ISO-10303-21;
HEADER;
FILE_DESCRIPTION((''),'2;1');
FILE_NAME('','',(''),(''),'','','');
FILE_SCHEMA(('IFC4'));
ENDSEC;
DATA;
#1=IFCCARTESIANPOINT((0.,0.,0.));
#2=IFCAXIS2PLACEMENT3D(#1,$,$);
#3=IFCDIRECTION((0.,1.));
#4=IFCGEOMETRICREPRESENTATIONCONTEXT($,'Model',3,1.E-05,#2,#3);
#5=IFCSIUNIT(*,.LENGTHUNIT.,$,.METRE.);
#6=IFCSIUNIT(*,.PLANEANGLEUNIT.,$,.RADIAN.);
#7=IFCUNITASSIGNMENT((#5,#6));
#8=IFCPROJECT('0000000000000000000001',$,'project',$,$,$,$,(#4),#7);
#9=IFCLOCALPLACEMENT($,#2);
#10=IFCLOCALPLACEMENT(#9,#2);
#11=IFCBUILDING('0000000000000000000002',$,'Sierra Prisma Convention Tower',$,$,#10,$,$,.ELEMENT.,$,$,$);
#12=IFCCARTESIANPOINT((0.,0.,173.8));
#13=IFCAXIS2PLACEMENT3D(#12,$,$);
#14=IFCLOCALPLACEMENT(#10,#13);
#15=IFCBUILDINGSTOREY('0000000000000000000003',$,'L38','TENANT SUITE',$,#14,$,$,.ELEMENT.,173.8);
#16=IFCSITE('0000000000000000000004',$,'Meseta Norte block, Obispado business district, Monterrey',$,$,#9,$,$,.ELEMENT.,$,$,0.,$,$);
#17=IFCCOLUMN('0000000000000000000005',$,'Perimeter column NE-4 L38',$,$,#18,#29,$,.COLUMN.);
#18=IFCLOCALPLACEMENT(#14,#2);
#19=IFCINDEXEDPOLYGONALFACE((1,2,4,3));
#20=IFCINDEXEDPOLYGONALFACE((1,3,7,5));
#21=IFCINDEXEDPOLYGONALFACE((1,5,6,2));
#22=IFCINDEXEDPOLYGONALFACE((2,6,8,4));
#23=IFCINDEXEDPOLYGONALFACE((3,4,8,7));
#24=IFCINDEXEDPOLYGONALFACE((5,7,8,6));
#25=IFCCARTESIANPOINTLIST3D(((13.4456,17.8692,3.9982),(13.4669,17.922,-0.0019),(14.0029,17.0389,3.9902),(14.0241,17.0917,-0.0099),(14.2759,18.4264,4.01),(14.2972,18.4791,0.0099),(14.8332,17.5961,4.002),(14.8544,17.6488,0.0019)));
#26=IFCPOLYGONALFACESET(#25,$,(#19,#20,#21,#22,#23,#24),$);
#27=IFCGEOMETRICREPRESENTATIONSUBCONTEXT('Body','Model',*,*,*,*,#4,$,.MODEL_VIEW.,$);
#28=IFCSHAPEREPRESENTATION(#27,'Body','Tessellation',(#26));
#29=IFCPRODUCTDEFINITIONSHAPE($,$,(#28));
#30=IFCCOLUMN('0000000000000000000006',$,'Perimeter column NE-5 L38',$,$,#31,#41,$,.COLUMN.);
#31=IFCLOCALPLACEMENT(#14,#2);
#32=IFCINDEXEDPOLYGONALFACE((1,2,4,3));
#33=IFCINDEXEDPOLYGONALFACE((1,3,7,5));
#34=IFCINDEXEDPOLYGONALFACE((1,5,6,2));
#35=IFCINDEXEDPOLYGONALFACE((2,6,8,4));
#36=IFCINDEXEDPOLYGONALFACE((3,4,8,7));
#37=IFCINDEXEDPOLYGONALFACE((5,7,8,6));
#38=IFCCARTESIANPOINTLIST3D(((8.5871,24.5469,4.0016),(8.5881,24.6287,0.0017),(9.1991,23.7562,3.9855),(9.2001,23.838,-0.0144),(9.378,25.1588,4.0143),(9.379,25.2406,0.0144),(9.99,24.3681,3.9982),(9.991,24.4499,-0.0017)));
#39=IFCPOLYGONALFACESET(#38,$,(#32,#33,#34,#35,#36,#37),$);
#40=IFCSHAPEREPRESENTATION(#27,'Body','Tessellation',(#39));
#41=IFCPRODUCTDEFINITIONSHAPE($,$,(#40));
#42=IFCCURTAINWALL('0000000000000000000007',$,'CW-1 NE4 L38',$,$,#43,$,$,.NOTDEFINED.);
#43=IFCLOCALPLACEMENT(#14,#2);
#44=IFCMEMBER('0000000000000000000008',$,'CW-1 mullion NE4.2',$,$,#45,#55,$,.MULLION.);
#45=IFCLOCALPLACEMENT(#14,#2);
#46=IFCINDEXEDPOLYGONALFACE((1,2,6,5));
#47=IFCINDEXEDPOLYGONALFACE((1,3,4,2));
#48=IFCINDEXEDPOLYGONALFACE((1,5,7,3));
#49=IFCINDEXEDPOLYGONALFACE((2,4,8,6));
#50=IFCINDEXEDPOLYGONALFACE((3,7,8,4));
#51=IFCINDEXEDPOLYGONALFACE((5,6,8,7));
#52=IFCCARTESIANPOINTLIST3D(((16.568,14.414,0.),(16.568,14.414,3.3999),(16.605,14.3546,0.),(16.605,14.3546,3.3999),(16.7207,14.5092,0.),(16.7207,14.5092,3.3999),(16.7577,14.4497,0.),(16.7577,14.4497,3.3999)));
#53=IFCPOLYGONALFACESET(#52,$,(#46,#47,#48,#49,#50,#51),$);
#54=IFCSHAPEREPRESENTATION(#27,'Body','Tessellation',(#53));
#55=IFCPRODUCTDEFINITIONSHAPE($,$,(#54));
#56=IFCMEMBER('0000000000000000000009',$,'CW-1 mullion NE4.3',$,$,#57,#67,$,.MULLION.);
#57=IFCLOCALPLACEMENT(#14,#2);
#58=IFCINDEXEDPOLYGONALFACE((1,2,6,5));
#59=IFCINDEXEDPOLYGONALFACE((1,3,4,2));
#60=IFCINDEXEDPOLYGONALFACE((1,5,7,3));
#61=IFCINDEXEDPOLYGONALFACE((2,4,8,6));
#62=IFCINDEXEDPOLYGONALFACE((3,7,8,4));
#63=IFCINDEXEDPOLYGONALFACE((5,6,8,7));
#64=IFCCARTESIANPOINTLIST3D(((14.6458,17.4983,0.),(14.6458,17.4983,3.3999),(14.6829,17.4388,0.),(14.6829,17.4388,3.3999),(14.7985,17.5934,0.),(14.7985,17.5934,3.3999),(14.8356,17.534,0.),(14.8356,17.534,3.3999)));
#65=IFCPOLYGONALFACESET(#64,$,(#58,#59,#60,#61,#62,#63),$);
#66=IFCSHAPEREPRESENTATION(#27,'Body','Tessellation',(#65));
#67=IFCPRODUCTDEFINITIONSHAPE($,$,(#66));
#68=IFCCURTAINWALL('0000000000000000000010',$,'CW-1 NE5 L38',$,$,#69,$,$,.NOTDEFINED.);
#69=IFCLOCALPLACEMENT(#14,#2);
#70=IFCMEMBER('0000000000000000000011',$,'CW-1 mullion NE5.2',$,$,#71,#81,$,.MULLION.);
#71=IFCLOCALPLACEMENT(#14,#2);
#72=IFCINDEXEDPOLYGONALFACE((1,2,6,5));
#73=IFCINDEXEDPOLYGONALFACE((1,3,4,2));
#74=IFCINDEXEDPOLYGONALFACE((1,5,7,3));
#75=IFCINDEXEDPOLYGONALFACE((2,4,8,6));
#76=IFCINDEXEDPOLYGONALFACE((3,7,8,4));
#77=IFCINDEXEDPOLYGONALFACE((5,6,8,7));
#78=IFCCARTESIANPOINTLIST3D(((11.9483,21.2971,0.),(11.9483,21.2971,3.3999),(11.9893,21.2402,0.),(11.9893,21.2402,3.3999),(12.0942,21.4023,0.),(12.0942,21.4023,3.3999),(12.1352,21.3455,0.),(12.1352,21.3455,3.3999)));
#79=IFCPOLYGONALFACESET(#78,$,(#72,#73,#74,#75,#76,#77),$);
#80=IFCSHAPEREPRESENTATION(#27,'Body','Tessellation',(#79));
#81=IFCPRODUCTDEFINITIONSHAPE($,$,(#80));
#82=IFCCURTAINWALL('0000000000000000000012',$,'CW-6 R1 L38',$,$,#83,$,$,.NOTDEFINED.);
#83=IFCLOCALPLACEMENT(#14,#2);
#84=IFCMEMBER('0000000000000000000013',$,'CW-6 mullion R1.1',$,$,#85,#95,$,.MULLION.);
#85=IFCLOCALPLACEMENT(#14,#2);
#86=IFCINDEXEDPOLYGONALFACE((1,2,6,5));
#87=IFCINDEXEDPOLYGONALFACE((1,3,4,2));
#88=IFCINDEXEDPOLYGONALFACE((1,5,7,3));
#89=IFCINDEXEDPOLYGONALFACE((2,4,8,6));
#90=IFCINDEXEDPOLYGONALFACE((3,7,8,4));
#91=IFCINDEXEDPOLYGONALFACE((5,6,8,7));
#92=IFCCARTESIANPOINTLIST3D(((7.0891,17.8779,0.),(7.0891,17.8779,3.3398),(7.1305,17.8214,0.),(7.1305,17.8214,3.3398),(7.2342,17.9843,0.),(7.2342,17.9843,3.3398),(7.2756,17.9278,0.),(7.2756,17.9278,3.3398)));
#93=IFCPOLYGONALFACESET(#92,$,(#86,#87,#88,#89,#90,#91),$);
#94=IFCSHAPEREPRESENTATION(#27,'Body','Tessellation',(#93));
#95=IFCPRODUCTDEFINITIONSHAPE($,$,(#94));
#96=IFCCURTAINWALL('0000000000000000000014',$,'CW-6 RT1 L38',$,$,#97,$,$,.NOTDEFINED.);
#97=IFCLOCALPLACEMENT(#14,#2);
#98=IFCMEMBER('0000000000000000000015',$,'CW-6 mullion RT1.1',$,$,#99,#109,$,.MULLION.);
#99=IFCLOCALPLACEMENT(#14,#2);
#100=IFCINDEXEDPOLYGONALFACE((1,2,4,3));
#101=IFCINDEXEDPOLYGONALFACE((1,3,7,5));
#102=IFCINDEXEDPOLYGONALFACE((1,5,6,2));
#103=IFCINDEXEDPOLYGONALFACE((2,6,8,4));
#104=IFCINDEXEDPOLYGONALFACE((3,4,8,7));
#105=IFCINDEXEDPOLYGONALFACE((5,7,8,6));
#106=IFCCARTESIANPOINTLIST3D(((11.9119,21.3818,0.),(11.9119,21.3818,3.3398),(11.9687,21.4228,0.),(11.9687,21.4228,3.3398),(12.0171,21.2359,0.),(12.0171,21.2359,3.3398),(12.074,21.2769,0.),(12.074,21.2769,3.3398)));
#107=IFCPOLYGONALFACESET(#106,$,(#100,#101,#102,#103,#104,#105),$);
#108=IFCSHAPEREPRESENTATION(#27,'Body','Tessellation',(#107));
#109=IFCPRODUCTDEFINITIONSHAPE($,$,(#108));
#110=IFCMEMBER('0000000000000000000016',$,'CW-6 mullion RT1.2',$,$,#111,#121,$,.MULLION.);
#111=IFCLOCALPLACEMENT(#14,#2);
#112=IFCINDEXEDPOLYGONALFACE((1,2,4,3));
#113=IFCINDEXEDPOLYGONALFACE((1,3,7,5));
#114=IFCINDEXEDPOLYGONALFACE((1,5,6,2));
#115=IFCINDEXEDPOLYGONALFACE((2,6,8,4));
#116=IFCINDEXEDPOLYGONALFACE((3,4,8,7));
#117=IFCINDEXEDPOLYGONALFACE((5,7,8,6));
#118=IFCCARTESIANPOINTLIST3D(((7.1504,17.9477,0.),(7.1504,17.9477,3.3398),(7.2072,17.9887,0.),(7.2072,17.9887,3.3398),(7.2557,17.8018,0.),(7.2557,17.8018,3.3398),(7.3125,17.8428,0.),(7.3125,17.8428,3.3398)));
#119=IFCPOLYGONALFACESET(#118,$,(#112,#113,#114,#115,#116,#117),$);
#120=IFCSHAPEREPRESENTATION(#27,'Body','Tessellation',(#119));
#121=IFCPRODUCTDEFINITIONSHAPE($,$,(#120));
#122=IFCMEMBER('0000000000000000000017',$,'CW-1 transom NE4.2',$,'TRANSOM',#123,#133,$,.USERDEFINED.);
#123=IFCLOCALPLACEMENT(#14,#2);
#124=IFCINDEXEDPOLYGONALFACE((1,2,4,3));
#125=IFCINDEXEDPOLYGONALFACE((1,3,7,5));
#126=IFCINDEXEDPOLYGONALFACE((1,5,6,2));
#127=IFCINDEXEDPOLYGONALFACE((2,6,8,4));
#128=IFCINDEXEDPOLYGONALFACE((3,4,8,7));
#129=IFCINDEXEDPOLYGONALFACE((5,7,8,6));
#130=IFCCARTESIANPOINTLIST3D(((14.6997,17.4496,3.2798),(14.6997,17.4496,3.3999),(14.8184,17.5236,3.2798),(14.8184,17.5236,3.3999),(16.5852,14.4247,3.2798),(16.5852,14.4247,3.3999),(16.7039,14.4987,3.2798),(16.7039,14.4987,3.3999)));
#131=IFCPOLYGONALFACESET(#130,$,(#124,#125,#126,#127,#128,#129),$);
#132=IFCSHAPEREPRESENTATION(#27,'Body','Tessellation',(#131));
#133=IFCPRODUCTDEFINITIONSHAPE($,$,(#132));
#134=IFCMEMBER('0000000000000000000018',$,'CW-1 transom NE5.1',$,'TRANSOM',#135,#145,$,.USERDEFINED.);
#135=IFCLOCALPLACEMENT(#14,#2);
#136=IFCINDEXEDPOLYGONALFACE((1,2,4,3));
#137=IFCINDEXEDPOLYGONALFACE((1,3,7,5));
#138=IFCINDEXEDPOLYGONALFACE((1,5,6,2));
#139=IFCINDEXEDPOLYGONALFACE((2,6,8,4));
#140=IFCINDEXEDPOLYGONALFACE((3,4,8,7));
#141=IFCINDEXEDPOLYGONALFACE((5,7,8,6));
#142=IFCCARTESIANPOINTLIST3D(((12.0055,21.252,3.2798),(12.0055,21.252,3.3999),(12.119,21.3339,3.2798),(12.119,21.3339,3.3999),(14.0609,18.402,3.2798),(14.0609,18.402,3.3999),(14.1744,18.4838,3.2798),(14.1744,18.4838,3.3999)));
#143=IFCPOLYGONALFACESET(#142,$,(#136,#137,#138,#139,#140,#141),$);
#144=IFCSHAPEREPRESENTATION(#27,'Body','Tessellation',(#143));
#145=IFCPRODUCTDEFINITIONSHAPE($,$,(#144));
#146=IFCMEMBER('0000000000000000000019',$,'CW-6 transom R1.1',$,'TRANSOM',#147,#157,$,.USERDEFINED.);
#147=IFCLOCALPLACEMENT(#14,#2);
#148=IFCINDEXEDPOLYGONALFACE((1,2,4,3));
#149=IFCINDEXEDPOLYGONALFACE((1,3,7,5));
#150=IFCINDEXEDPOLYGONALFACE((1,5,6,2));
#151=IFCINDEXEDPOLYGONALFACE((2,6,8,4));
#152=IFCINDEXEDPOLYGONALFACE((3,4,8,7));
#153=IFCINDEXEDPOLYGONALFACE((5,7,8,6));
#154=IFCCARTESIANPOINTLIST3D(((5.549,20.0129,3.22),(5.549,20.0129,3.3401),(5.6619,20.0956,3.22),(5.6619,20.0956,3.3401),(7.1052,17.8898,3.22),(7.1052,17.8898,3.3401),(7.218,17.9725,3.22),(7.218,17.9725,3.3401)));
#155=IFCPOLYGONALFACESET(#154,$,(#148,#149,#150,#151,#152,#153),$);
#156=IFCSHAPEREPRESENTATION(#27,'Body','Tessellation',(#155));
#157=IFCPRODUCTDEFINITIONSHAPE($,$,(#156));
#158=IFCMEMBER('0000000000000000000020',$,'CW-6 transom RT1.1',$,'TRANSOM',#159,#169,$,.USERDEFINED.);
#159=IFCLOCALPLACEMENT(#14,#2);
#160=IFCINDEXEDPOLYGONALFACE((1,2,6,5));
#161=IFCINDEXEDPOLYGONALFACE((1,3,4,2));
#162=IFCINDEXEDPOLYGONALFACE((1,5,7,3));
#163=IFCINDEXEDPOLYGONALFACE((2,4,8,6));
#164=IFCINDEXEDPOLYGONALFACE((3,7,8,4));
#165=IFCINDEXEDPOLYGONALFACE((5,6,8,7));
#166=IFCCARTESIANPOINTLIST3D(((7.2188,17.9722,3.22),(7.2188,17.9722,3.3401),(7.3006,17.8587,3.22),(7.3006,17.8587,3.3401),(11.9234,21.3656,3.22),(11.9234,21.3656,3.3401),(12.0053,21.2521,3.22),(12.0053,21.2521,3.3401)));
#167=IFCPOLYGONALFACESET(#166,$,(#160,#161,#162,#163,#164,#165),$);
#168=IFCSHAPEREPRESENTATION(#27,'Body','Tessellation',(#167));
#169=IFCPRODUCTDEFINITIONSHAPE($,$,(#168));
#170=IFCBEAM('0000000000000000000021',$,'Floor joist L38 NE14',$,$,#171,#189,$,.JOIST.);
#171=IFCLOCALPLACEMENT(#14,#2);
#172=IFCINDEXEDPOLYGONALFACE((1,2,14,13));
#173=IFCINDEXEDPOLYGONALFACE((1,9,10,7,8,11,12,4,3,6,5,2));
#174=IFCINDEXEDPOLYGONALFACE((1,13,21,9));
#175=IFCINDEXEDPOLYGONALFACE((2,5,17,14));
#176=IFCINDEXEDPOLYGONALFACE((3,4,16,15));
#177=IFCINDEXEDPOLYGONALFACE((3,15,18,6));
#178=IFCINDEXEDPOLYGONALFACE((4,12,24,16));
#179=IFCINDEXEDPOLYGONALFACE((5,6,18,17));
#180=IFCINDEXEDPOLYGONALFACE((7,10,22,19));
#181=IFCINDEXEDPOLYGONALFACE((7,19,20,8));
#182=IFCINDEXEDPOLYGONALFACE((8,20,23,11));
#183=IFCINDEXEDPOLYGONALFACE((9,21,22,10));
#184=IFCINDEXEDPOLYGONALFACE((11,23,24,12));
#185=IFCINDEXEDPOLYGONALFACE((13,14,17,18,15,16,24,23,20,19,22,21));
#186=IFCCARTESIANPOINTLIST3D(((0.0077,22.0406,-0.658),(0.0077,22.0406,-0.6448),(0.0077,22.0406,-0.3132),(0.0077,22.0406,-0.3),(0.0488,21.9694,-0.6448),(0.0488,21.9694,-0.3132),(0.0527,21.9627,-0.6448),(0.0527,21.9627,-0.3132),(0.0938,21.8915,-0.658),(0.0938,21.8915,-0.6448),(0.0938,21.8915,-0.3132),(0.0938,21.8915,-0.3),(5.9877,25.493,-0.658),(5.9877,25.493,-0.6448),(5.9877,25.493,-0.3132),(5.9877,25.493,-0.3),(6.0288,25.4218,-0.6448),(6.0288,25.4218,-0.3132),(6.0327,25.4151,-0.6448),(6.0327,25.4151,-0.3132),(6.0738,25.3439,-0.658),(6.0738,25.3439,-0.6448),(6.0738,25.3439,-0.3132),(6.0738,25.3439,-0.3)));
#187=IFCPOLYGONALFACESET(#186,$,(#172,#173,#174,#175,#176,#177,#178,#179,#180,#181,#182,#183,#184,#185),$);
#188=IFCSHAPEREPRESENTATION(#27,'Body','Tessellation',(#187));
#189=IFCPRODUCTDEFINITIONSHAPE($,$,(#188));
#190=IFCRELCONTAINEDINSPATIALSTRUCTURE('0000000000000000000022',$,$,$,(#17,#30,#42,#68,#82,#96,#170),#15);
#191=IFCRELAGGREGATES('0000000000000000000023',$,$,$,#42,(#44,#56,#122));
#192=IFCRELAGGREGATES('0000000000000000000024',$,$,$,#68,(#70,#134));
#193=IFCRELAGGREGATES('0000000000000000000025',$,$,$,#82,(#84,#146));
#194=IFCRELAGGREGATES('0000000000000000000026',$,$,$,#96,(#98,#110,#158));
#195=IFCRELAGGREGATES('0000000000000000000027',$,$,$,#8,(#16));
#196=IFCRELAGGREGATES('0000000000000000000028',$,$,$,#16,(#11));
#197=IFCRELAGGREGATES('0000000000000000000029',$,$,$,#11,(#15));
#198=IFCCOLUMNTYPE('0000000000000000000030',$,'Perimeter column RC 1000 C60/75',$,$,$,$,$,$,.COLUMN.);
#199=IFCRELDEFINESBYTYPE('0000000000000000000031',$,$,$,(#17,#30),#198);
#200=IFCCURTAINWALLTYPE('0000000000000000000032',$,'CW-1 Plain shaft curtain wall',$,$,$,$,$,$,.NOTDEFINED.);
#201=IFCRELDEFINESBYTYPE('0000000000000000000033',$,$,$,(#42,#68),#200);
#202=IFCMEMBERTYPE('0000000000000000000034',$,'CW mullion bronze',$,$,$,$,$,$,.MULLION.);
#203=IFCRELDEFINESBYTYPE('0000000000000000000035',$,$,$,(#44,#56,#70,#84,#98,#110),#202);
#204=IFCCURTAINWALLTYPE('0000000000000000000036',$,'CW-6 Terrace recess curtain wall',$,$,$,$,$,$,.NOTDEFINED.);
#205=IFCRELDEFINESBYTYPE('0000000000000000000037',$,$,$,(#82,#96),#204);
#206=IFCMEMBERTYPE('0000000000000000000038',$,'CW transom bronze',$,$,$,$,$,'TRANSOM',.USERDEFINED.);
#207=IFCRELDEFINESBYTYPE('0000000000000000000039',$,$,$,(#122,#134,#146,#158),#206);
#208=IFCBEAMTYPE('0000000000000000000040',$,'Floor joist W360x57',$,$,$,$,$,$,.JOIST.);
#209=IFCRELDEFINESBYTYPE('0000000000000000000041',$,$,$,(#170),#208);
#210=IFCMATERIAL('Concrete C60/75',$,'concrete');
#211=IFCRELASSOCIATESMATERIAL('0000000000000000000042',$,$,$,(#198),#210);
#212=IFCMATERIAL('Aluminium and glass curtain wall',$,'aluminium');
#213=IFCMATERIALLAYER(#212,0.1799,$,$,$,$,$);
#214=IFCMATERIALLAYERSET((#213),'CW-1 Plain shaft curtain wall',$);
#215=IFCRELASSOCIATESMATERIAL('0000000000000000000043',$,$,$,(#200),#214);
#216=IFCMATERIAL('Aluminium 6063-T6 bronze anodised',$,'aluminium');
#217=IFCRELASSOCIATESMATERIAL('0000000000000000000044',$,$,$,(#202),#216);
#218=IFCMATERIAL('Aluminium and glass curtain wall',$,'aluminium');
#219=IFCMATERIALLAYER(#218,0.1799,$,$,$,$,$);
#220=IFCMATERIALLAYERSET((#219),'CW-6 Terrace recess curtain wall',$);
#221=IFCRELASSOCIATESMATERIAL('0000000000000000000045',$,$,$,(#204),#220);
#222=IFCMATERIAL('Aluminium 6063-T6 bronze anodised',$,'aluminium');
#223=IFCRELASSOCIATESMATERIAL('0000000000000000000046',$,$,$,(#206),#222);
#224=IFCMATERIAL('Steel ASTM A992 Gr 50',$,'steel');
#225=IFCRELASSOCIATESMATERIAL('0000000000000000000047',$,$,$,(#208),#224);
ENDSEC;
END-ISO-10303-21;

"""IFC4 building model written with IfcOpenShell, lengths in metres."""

from ifc_helpers import new_model, si_unit, direction, frame, origin, origin_2d, place, context, subcontext, project, spatial, rectangle, i_section, extrude, material, layer, layer_set, material_profile, profile_set, type_object, element, aggregate, save


model = new_model("IFC4")

# Units and contexts
model_context = context("Model", 3, precision=1e-05, world=origin(), true_north=direction((0.0, 1.0)))
body_context = subcontext(model_context, "Body", "Model", "MODEL_VIEW")
ifc_project = project(units=[si_unit("LENGTHUNIT", "METRE"), si_unit("PLANEANGLEUNIT", "RADIAN")], contexts=[model_context])

# Site, building, storey
site_placement = place(None, origin())
site = spatial("IfcSite", under=ifc_project, at=site_placement, Name="Meseta Norte block, Obispado business district, Monterrey", CompositionType="ELEMENT", RefElevation=0.0)
building_placement = place(site_placement, origin())
building = spatial("IfcBuilding", under=site, at=building_placement, Name="Sierra Prisma Convention Tower", CompositionType="ELEMENT")
storey_placement = place(building_placement, frame((0.0, 0.0, 173.8)))
storey = spatial("IfcBuildingStorey", under=building, at=storey_placement, Name="L38", Description="TENANT SUITE", CompositionType="ELEMENT", Elevation=173.8)

# Columns
ifc_material_1 = material(Name="Concrete C60/75", Category="concrete")
ifc_material_profile_1 = material_profile(ifc_material_1, rectangle(XDim=1.0, YDim=1.0, at=origin_2d()), Name="Perimeter column RC 1000 C60/75")
ifc_profile_set_1 = profile_set([ifc_material_profile_1], Name="Concrete C60/75")
column_type = type_object("IfcColumnType", Name="Perimeter column RC 1000 C60/75", PredefinedType="COLUMN", material=ifc_profile_set_1)
column_1_placement = place(storey_placement, frame((14.1606, 17.7854, 0.0), z_axis=(-0.00531, -0.013182, 0.999899), x_axis=(-0.557261, 0.830299, 0.007987)))
element("IfcColumn", 1, at=column_1_placement, inside=storey, type_object=column_type, Name="Perimeter column NE-4 L38", PredefinedType="COLUMN", context=body_context, shape_type="SweptSolid", body=[
    extrude(rectangle(XDim=1.0, YDim=1.0, at=origin_2d()), origin(), (0.0, 0.0, 1.0), 4.0005),
])
column_2_placement = place(storey_placement, frame((9.2896, 24.5393, 0.0), z_axis=(-0.000244, -0.020443, 0.999791), x_axis=(-0.611998, 0.790697, 0.016018)))
element("IfcColumn", 2, at=column_2_placement, inside=storey, type_object=column_type, Name="Perimeter column NE-5 L38", PredefinedType="COLUMN", context=body_context, shape_type="SweptSolid", body=[
    extrude(rectangle(XDim=1.0, YDim=1.0, at=origin_2d()), origin(), (0.0, 0.0, 1.0), 4.0007),
])

# Curtain wall, members
ifc_material_2 = material(Name="Aluminium and glass curtain wall", Category="aluminium")
ifc_layer_1 = layer(ifc_material_2, 0.1799)
ifc_layer_set_1 = layer_set([ifc_layer_1], Name="CW-1 Plain shaft curtain wall")
curtain_wall_type_1 = type_object("IfcCurtainWallType", Name="CW-1 Plain shaft curtain wall", PredefinedType="NOTDEFINED", material=ifc_layer_set_1)
curtain_wall_1_placement = place(storey_placement, origin())
curtain_wall_1 = element("IfcCurtainWall", 3, at=curtain_wall_1_placement, inside=storey, type_object=curtain_wall_type_1, Name="CW-1 NE4 L38", PredefinedType="NOTDEFINED")
ifc_material_3 = material(Name="Aluminium 6063-T6 bronze anodised", Category="aluminium")
ifc_material_profile_2 = material_profile(ifc_material_3, rectangle(XDim=0.1799, YDim=0.0701, at=origin_2d()), Name="ALU MULLION 70x180")
ifc_profile_set_2 = profile_set([ifc_material_profile_2], Name="Aluminium 6063-T6 bronze anodised")
member_type_1 = type_object("IfcMemberType", Name="CW mullion bronze", PredefinedType="MULLION", material=ifc_profile_set_2)
member_1_placement = place(storey_placement, frame((16.6628, 14.4319, 0.0), z_axis=(0.0, 0.0, 1.0), x_axis=(-0.848662, -0.528935, 0.0)))
member_1 = element("IfcMember", 4, at=member_1_placement, type_object=member_type_1, Name="CW-1 mullion NE4.2", PredefinedType="MULLION", context=body_context, shape_type="SweptSolid", body=[
    extrude(rectangle(XDim=0.1799, YDim=0.0701, at=origin_2d()), origin(), (0.0, 0.0, 1.0), 3.3999),
])
member_2_placement = place(storey_placement, frame((14.7407, 17.5161, 0.0), z_axis=(0.0, 0.0, 1.0), x_axis=(-0.848662, -0.528935, 0.0)))
member_2 = element("IfcMember", 5, at=member_2_placement, type_object=member_type_1, Name="CW-1 mullion NE4.3", PredefinedType="MULLION", context=body_context, shape_type="SweptSolid", body=[
    extrude(rectangle(XDim=0.1799, YDim=0.0701, at=origin_2d()), origin(), (0.0, 0.0, 1.0), 3.3999),
])

# Curtain walls, members
curtain_wall_2_placement = place(storey_placement, origin())
curtain_wall_2 = element("IfcCurtainWall", 6, at=curtain_wall_2_placement, inside=storey, type_object=curtain_wall_type_1, Name="CW-1 NE5 L38", PredefinedType="NOTDEFINED")
member_3_placement = place(storey_placement, frame((12.0417, 21.3213, 0.0), z_axis=(0.0, 0.0, 1.0), x_axis=(-0.811058, -0.584966, 0.0)))
member_3 = element("IfcMember", 7, at=member_3_placement, type_object=member_type_1, Name="CW-1 mullion NE5.2", PredefinedType="MULLION", context=body_context, shape_type="SweptSolid", body=[
    extrude(rectangle(XDim=0.1799, YDim=0.0701, at=origin_2d()), origin(), (0.0, 0.0, 1.0), 3.3999),
])
ifc_material_4 = material(Name="Aluminium and glass curtain wall", Category="aluminium")
ifc_layer_2 = layer(ifc_material_4, 0.1799)
ifc_layer_set_2 = layer_set([ifc_layer_2], Name="CW-6 Terrace recess curtain wall")
curtain_wall_type_2 = type_object("IfcCurtainWallType", Name="CW-6 Terrace recess curtain wall", PredefinedType="NOTDEFINED", material=ifc_layer_set_2)
curtain_wall_3_placement = place(storey_placement, origin())
curtain_wall_3 = element("IfcCurtainWall", 8, at=curtain_wall_3_placement, inside=storey, type_object=curtain_wall_type_2, Name="CW-6 R1 L38", PredefinedType="NOTDEFINED")
member_4_placement = place(storey_placement, frame((7.1824, 17.9028, 0.0), z_axis=(0.0, 0.0, 1.0), x_axis=(-0.806549, -0.591168, 0.0)))
member_4 = element("IfcMember", 9, at=member_4_placement, type_object=member_type_1, Name="CW-6 mullion R1.1", PredefinedType="MULLION", context=body_context, shape_type="SweptSolid", body=[
    extrude(rectangle(XDim=0.1799, YDim=0.0701, at=origin_2d()), origin(), (0.0, 0.0, 1.0), 3.3398),
])

# Curtain wall, members
curtain_wall_4_placement = place(storey_placement, origin())
curtain_wall_4 = element("IfcCurtainWall", 10, at=curtain_wall_4_placement, inside=storey, type_object=curtain_wall_type_2, Name="CW-6 RT1 L38", PredefinedType="NOTDEFINED")
member_5_placement = place(storey_placement, frame((11.9929, 21.3293, 0.0), z_axis=(0.0, 0.0, 1.0), x_axis=(0.584966, -0.811058, 0.0)))
member_5 = element("IfcMember", 11, at=member_5_placement, type_object=member_type_1, Name="CW-6 mullion RT1.1", PredefinedType="MULLION", context=body_context, shape_type="SweptSolid", body=[
    extrude(rectangle(XDim=0.1799, YDim=0.0701, at=origin_2d()), origin(), (0.0, 0.0, 1.0), 3.3398),
])
member_6_placement = place(storey_placement, frame((7.2314, 17.8953, 0.0), z_axis=(0.0, 0.0, 1.0), x_axis=(0.584966, -0.811058, 0.0)))
member_6 = element("IfcMember", 12, at=member_6_placement, type_object=member_type_1, Name="CW-6 mullion RT1.2", PredefinedType="MULLION", context=body_context, shape_type="SweptSolid", body=[
    extrude(rectangle(XDim=0.1799, YDim=0.0701, at=origin_2d()), origin(), (0.0, 0.0, 1.0), 3.3398),
])

# Members
ifc_material_5 = material(Name="Aluminium 6063-T6 bronze anodised", Category="aluminium")
ifc_material_profile_3 = material_profile(ifc_material_5, rectangle(XDim=0.1399, YDim=0.1201, at=origin_2d()), Name="ALU TRANSOM 120x140")
ifc_profile_set_3 = profile_set([ifc_material_profile_3], Name="Aluminium 6063-T6 bronze anodised")
member_type_2 = type_object("IfcMemberType", Name="CW transom bronze", ElementType="TRANSOM", PredefinedType="USERDEFINED", material=ifc_profile_set_3)
member_7_placement = place(storey_placement, frame((16.6445, 14.4617, 3.3398), z_axis=(-0.528977, 0.848636, 0.0), x_axis=(-0.848636, -0.528977, 0.0)))
member_7 = element("IfcMember", 13, at=member_7_placement, type_object=member_type_2, Name="CW-1 transom NE4.2", ObjectType="TRANSOM", PredefinedType="USERDEFINED", context=body_context, shape_type="SweptSolid", body=[
    extrude(rectangle(XDim=0.1399, YDim=0.1201, at=origin_2d()), origin(), (0.0, 0.0, 1.0), 3.5645),
])
member_8_placement = place(storey_placement, frame((14.1177, 18.4429, 3.3398), z_axis=(-0.584932, 0.811082, 0.0), x_axis=(-0.811082, -0.584932, 0.0)))
member_8 = element("IfcMember", 14, at=member_8_placement, type_object=member_type_2, Name="CW-1 transom NE5.1", ObjectType="TRANSOM", PredefinedType="USERDEFINED", context=body_context, shape_type="SweptSolid", body=[
    extrude(rectangle(XDim=0.1399, YDim=0.1201, at=origin_2d()), origin(), (0.0, 0.0, 1.0), 3.5139),
])
member_9_placement = place(storey_placement, frame((7.1616, 17.9312, 3.28), z_axis=(-0.591179, 0.806541, 0.0), x_axis=(-0.806541, -0.591179, 0.0)))
member_9 = element("IfcMember", 15, at=member_9_placement, type_object=member_type_2, Name="CW-6 transom R1.1", ObjectType="TRANSOM", PredefinedType="USERDEFINED", context=body_context, shape_type="SweptSolid", body=[
    extrude(rectangle(XDim=0.1399, YDim=0.1201, at=origin_2d()), origin(), (0.0, 0.0, 1.0), 2.6323),
])
member_10_placement = place(storey_placement, frame((11.9644, 21.3088, 3.28), z_axis=(-0.811043, -0.584986, 0.0), x_axis=(0.584986, -0.811043, 0.0)))
member_10 = element("IfcMember", 16, at=member_10_placement, type_object=member_type_2, Name="CW-6 transom RT1.1", ObjectType="TRANSOM", PredefinedType="USERDEFINED", context=body_context, shape_type="SweptSolid", body=[
    extrude(rectangle(XDim=0.1399, YDim=0.1201, at=origin_2d()), origin(), (0.0, 0.0, 1.0), 5.8008),
])

# Beam
ifc_material_6 = material(Name="Steel ASTM A992 Gr 50", Category="steel")
ifc_material_profile_4 = material_profile(ifc_material_6, i_section(OverallWidth=0.1721, OverallDepth=0.3579, WebThickness=0.0078, FlangeThickness=0.0132, at=origin_2d()), Name="W360x57")
ifc_profile_set_4 = profile_set([ifc_material_profile_4], Name="Steel ASTM A992 Gr 50")
beam_type_1 = type_object("IfcBeamType", Name="Floor joist W360x57", PredefinedType="JOIST", material=ifc_profile_set_4)
beam_1_placement = place(storey_placement, frame((6.0308, 25.4185, -0.479), z_axis=(-0.866035, -0.499984, 0.0), x_axis=(0.499984, -0.866035, 0.0)))
element("IfcBeam", 17, at=beam_1_placement, inside=storey, type_object=beam_type_1, Name="Floor joist L38 NE14", PredefinedType="JOIST", context=body_context, shape_type="SweptSolid", body=[
    extrude(i_section(OverallWidth=0.1721, OverallDepth=0.3579, WebThickness=0.0078, FlangeThickness=0.0132, at=origin_2d()), origin(), (0.0, 0.0, 1.0), 6.905),
])

aggregate(curtain_wall_1, [member_1, member_2, member_7])
aggregate(curtain_wall_2, [member_3, member_8])
aggregate(curtain_wall_3, [member_4, member_9])
aggregate(curtain_wall_4, [member_5, member_6, member_10])

save(model, "model.ifc")
